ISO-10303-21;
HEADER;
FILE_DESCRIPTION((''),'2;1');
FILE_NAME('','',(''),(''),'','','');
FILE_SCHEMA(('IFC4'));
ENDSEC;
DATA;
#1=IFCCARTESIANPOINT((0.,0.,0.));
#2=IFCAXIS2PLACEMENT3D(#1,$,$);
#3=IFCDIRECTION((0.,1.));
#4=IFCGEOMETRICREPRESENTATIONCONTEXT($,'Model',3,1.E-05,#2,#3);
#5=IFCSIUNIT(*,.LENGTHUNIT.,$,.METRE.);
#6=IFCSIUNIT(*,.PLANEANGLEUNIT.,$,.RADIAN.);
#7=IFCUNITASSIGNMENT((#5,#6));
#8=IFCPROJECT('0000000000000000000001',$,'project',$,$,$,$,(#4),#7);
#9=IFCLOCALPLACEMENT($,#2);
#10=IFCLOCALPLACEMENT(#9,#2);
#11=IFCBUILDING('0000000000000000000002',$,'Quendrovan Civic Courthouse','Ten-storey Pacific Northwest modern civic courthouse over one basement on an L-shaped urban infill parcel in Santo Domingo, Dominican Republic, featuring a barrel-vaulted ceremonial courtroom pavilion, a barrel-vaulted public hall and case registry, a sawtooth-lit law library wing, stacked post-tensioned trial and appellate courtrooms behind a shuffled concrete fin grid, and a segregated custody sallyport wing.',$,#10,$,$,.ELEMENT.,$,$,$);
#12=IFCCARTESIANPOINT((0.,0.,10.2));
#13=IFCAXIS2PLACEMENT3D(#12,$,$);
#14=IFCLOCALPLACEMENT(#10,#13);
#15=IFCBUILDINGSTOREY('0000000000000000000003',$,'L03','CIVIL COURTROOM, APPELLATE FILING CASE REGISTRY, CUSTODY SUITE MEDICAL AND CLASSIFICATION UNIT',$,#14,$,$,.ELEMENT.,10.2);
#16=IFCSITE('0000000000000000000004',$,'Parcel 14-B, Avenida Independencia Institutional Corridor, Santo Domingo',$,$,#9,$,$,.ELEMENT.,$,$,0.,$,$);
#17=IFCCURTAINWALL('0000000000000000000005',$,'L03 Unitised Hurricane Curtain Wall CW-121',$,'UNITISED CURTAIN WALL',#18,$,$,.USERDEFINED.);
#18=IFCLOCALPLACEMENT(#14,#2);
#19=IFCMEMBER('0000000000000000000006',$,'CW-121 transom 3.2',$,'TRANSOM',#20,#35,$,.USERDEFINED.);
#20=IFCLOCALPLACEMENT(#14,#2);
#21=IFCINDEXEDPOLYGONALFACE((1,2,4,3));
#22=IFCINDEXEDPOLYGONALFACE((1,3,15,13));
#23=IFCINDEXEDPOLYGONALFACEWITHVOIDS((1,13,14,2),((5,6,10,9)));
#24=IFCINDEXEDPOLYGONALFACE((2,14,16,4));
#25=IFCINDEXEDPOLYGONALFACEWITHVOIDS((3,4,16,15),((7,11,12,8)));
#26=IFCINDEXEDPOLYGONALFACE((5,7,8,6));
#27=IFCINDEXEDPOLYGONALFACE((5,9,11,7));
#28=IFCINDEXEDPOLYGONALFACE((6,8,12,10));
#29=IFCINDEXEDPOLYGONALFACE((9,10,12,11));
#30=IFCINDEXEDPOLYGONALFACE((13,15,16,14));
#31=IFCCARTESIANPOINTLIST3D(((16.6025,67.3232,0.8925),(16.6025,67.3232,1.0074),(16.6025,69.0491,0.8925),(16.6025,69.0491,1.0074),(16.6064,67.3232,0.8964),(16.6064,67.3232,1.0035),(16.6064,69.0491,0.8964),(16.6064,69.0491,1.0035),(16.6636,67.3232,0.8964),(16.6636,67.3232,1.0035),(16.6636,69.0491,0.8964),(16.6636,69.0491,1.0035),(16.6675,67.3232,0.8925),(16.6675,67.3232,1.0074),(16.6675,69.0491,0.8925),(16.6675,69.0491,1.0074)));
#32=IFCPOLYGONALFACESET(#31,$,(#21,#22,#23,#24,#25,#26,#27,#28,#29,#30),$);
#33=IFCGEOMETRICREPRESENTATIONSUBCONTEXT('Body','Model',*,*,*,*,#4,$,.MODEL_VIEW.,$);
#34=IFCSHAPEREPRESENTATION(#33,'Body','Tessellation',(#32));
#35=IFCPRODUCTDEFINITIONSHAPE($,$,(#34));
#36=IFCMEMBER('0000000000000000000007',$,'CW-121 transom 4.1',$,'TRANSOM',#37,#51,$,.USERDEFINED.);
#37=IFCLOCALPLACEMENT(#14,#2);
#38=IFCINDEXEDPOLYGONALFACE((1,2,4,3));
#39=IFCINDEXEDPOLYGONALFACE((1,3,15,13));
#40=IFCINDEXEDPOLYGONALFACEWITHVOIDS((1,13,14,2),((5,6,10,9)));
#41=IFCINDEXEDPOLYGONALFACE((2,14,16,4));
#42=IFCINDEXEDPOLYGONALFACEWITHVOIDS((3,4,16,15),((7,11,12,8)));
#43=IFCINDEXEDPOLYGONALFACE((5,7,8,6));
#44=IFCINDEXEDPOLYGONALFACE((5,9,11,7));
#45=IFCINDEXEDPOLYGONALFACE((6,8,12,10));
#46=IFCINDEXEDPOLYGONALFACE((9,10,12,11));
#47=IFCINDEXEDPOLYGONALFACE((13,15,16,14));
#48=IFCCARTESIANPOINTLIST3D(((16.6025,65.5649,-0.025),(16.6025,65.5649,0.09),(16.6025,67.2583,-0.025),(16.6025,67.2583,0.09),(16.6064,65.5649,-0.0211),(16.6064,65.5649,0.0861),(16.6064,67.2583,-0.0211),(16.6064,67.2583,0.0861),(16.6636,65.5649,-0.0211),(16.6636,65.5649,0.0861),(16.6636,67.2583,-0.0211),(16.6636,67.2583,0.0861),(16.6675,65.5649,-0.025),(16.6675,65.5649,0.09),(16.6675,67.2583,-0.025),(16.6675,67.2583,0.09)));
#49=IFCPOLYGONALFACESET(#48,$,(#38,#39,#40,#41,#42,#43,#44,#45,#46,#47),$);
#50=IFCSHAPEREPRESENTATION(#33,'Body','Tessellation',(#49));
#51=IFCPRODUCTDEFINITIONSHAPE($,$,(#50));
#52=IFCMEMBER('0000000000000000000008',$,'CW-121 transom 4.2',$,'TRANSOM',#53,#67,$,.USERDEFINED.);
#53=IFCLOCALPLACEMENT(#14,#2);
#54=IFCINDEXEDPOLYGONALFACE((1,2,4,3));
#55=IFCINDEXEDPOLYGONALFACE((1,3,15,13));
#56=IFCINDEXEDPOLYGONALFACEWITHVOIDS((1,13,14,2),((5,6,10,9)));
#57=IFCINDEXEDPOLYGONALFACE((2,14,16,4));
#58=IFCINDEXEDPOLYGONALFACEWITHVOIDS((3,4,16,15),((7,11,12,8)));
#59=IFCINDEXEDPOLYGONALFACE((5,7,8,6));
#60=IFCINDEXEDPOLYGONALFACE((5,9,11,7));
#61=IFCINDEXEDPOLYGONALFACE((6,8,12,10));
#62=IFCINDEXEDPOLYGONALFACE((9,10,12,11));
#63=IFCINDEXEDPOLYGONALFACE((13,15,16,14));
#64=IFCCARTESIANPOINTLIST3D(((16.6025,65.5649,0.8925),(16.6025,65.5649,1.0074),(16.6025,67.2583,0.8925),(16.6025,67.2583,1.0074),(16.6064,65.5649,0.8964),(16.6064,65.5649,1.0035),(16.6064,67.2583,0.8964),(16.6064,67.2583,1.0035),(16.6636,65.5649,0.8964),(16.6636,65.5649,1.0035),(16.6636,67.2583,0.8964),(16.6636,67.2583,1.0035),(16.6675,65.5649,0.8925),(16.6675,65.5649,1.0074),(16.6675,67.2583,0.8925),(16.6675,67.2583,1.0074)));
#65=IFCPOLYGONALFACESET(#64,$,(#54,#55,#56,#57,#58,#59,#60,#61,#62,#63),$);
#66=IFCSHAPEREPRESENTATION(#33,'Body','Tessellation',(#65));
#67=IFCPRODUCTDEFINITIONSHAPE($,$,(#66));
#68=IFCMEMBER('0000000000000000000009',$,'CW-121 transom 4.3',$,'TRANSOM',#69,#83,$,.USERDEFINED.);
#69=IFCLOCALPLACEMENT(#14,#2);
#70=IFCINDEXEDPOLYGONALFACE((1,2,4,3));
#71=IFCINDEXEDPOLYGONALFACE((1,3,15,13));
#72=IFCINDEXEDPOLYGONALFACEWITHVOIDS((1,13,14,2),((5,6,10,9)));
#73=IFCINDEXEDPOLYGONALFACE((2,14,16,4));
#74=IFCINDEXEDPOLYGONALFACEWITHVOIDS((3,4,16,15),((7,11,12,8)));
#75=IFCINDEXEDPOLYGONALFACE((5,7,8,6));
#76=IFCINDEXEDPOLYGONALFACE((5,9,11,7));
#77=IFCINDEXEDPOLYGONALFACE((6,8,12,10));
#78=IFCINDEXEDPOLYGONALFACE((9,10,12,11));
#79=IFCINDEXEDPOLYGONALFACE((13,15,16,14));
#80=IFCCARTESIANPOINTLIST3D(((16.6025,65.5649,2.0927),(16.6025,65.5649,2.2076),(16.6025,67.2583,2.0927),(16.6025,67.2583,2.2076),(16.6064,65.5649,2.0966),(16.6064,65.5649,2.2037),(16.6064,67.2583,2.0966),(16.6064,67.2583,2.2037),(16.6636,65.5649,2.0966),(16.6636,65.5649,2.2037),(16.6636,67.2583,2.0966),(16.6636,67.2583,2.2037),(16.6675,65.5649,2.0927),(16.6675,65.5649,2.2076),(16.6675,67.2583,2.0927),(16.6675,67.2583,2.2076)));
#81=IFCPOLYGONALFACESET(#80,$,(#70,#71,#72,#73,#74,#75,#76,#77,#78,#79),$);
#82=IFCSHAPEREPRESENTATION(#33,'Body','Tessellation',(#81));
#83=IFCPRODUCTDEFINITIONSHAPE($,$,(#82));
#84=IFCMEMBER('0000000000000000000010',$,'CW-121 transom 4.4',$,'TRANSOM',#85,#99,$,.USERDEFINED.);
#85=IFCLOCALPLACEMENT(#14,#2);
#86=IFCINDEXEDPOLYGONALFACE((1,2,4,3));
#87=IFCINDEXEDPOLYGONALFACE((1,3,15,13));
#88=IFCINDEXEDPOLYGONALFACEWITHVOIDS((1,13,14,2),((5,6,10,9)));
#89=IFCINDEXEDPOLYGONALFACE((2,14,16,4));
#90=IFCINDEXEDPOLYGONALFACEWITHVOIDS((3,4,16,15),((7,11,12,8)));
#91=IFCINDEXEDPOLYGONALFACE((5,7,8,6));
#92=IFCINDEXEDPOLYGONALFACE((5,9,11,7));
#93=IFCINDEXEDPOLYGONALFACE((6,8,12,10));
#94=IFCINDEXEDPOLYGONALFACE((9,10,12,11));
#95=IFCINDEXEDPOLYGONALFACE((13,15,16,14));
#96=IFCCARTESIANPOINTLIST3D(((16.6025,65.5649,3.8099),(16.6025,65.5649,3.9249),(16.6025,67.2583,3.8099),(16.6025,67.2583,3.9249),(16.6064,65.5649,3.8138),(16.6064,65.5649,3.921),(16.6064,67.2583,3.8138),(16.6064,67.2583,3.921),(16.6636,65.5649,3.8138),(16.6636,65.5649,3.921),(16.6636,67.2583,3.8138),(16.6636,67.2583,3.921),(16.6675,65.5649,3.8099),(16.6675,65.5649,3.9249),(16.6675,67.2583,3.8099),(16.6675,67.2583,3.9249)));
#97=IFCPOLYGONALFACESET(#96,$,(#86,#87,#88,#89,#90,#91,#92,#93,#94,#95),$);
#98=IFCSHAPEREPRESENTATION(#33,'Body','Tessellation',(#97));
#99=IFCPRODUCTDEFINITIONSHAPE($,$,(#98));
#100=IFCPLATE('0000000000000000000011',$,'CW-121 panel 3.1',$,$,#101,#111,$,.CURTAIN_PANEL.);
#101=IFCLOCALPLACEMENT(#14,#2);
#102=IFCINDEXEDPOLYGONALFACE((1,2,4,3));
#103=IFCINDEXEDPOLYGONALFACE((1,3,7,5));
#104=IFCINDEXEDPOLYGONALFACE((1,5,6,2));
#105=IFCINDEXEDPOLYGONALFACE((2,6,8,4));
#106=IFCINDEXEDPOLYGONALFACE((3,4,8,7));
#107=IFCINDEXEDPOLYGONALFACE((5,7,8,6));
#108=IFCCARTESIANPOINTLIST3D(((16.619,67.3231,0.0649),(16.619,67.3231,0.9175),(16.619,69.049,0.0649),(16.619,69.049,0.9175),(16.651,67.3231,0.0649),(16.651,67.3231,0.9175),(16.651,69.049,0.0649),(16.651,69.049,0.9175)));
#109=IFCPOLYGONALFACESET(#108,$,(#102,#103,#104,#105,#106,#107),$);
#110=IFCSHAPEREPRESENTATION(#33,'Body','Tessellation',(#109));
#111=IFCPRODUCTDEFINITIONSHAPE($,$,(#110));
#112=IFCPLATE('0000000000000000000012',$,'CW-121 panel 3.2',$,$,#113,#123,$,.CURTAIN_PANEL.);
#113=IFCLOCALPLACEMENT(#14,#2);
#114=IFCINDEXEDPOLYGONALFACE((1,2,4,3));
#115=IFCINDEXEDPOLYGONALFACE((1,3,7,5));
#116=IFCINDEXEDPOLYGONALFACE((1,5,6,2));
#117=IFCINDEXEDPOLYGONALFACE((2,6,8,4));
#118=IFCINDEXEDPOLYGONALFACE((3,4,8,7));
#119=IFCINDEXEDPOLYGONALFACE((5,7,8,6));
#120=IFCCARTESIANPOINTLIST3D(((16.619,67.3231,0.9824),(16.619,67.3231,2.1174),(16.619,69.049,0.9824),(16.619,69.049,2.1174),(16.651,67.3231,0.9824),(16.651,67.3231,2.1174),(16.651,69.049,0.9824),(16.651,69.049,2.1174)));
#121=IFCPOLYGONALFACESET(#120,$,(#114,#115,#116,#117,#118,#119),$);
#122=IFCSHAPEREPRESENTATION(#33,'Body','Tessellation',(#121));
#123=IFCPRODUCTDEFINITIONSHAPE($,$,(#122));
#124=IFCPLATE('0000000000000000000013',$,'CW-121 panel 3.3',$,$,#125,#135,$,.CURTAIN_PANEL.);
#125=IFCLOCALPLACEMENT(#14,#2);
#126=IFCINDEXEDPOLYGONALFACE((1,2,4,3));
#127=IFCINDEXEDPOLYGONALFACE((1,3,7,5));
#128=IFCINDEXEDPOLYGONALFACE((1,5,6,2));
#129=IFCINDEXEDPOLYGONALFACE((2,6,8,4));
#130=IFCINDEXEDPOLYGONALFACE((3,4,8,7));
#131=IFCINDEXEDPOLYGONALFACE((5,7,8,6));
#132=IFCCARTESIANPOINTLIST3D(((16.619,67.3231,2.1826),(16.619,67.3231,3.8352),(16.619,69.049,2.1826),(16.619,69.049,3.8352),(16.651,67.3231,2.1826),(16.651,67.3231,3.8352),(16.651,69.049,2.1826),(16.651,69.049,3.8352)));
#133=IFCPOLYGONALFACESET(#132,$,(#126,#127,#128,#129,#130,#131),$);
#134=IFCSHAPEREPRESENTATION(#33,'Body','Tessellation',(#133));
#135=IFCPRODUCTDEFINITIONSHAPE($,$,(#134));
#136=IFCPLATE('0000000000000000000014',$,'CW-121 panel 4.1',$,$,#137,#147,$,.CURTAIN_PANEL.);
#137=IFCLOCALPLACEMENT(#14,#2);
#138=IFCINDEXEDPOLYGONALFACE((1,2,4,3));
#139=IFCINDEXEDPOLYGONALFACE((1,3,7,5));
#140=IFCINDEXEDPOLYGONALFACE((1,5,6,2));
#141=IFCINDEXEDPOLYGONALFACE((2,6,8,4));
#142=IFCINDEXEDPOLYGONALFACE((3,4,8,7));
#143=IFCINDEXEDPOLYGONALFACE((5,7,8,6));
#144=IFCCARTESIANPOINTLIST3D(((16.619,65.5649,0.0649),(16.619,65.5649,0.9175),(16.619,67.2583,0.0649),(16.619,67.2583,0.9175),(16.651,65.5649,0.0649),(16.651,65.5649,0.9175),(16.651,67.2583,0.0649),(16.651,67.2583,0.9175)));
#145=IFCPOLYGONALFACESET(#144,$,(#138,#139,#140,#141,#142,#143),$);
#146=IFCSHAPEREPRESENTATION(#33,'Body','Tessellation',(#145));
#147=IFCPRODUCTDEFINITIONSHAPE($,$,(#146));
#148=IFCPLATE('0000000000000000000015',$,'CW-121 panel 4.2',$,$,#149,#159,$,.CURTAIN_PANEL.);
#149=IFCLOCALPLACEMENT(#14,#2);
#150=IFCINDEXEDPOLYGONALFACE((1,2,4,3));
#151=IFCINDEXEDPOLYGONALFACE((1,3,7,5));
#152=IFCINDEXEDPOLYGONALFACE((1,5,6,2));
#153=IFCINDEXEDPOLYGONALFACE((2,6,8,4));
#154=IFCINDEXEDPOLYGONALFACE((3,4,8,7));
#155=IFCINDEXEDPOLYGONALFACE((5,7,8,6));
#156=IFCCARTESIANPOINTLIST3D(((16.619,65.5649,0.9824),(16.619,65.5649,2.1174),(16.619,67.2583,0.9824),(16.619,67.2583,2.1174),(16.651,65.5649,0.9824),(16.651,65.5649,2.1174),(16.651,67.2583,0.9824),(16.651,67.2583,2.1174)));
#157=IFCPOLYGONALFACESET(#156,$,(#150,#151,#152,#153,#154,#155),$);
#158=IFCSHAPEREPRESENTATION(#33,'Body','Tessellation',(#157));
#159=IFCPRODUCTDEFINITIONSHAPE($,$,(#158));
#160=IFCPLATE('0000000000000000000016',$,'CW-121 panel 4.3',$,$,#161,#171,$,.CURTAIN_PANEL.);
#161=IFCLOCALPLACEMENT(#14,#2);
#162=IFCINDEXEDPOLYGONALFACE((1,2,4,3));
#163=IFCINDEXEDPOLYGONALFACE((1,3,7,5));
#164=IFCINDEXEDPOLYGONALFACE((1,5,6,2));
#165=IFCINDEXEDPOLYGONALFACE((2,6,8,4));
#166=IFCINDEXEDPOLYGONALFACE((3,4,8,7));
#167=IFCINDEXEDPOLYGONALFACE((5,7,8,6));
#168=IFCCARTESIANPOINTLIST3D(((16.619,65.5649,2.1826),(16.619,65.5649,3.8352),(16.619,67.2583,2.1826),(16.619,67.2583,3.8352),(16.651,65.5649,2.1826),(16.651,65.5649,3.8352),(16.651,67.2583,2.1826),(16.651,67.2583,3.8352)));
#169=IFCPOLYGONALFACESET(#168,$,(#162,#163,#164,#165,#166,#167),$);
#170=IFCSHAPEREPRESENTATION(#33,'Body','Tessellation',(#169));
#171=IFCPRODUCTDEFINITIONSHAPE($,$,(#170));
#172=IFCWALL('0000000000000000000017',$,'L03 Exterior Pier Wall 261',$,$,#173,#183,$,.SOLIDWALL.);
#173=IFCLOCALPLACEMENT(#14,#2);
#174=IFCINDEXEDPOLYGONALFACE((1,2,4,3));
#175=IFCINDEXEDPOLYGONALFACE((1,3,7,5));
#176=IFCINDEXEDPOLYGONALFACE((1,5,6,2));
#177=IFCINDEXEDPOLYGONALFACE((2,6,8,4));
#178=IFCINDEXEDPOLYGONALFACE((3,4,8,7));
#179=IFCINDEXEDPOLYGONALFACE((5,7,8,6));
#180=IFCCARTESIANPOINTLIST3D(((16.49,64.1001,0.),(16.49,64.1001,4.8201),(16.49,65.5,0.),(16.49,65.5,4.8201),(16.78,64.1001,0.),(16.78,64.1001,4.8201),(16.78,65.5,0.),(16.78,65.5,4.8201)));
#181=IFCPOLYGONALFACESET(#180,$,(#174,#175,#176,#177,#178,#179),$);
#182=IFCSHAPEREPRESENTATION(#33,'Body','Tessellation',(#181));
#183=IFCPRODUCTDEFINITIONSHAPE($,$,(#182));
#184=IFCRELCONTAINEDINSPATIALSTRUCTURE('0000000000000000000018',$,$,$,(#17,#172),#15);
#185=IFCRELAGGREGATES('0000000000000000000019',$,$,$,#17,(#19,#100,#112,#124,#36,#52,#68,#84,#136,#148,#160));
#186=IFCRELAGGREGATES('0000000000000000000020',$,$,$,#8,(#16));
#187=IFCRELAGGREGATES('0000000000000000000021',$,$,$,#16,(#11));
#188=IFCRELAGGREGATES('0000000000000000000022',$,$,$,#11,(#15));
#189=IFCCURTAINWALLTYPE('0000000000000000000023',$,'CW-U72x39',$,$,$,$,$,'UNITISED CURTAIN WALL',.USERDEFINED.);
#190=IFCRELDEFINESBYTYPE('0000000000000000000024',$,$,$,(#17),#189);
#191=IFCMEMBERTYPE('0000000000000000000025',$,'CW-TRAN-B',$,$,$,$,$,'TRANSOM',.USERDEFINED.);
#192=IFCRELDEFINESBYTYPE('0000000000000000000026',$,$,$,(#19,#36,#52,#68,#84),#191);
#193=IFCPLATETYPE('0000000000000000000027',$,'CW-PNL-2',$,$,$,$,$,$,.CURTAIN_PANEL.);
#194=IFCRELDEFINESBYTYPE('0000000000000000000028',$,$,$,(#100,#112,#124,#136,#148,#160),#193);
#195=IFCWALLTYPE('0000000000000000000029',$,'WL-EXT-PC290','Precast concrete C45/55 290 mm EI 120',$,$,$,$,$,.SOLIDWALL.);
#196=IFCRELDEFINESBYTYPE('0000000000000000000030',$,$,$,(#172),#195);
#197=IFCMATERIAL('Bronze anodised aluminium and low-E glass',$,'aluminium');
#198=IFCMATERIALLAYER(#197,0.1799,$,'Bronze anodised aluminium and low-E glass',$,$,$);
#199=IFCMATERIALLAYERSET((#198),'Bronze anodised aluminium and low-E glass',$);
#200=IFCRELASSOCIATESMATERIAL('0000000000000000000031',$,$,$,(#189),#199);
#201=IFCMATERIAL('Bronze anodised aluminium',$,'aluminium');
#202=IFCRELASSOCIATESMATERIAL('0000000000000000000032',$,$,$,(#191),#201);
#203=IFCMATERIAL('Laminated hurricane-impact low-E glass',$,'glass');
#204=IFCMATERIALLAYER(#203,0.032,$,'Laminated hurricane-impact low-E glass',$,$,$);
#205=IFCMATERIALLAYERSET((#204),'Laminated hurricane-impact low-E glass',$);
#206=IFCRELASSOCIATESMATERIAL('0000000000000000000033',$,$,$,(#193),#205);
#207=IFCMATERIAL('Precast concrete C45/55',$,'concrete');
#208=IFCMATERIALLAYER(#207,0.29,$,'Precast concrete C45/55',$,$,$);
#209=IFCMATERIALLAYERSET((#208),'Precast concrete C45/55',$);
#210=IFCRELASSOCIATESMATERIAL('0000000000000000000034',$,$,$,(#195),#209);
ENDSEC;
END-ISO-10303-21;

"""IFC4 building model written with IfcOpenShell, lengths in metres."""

from ifc_helpers import new_model, si_unit, direction, frame, frame_2d, origin, origin_2d, place, context, subcontext, project, spatial, rectangle, hollow_rectangle, extrude, material, layer, layer_set, material_profile, profile_set, type_object, element, aggregate, save


model = new_model("IFC4")

# Units and contexts
model_context = context("Model", 3, precision=1e-05, world=origin(), true_north=direction((0.0, 1.0)))
body_context = subcontext(model_context, "Body", "Model", "MODEL_VIEW")
ifc_project = project(units=[si_unit("LENGTHUNIT", "METRE"), si_unit("PLANEANGLEUNIT", "RADIAN")], contexts=[model_context])

# Site, building, storey
site_placement = place(None, origin())
site = spatial("IfcSite", under=ifc_project, at=site_placement, Name="Parcel 14-B, Avenida Independencia Institutional Corridor, Santo Domingo", CompositionType="ELEMENT", RefElevation=0.0)
building_placement = place(site_placement, origin())
building = spatial("IfcBuilding", under=site, at=building_placement, Name="Quendrovan Civic Courthouse", Description="Ten-storey Pacific Northwest modern civic courthouse over one basement on an L-shaped urban infill parcel in Santo Domingo, Dominican Republic, featuring a barrel-vaulted ceremonial courtroom pavilion, a barrel-vaulted public hall and case registry, a sawtooth-lit law library wing, stacked post-tensioned trial and appellate courtrooms behind a shuffled concrete fin grid, and a segregated custody sallyport wing.", CompositionType="ELEMENT")
storey_placement = place(building_placement, frame((0.0, 0.0, 10.2)))
storey = spatial("IfcBuildingStorey", under=building, at=storey_placement, Name="L03", Description="CIVIL COURTROOM, APPELLATE FILING CASE REGISTRY, CUSTODY SUITE MEDICAL AND CLASSIFICATION UNIT", CompositionType="ELEMENT", Elevation=10.2)

# Curtain wall, members, plates
ifc_material_1 = material(Name="Bronze anodised aluminium and low-E glass", Category="aluminium")
ifc_layer_1 = layer(ifc_material_1, 0.1799, Name="Bronze anodised aluminium and low-E glass")
ifc_layer_set_1 = layer_set([ifc_layer_1], Name="Bronze anodised aluminium and low-E glass")
curtain_wall_type = type_object("IfcCurtainWallType", Name="CW-U72x39", ElementType="UNITISED CURTAIN WALL", PredefinedType="USERDEFINED", material=ifc_layer_set_1)
curtain_wall_placement = place(storey_placement, origin())
curtain_wall = element("IfcCurtainWall", 1, at=curtain_wall_placement, inside=storey, type_object=curtain_wall_type, Name="L03 Unitised Hurricane Curtain Wall CW-121", ObjectType="UNITISED CURTAIN WALL", PredefinedType="USERDEFINED")
ifc_material_2 = material(Name="Bronze anodised aluminium", Category="aluminium")
ifc_material_profile_1 = material_profile(ifc_material_2, hollow_rectangle(XDim=0.0649, YDim=0.115, WallThickness=0.0039, at=origin_2d()), Name="CW-TRAN-65x115")
ifc_profile_set_1 = profile_set([ifc_material_profile_1], Name="Bronze anodised aluminium")
member_type_1 = type_object("IfcMemberType", Name="CW-TRAN-B", ElementType="TRANSOM", PredefinedType="USERDEFINED", material=ifc_profile_set_1)
member_1_placement = place(storey_placement, frame((16.635, 69.0491, 0.95), z_axis=(0.0, -1.0, 0.0), x_axis=(1.0, 0.0, 0.0)))
member_1 = element("IfcMember", 2, at=member_1_placement, type_object=member_type_1, Name="CW-121 transom 3.2", ObjectType="TRANSOM", PredefinedType="USERDEFINED", context=body_context, shape_type="SweptSolid", body=[
    extrude(hollow_rectangle(XDim=0.0649, YDim=0.115, WallThickness=0.0039, at=origin_2d()), origin(), (0.0, 0.0, 1.0), 1.7258),
])
member_2_placement = place(storey_placement, frame((16.635, 67.2583, 0.0325), z_axis=(0.0, -1.0, 0.0), x_axis=(1.0, 0.0, 0.0)))
member_2 = element("IfcMember", 3, at=member_2_placement, type_object=member_type_1, Name="CW-121 transom 4.1", ObjectType="TRANSOM", PredefinedType="USERDEFINED", context=body_context, shape_type="SweptSolid", body=[
    extrude(hollow_rectangle(XDim=0.0649, YDim=0.115, WallThickness=0.0039, at=origin_2d()), origin(), (0.0, 0.0, 1.0), 1.6934),
])
member_3_placement = place(storey_placement, frame((16.635, 67.2583, 0.95), z_axis=(0.0, -1.0, 0.0), x_axis=(1.0, 0.0, 0.0)))
member_3 = element("IfcMember", 4, at=member_3_placement, type_object=member_type_1, Name="CW-121 transom 4.2", ObjectType="TRANSOM", PredefinedType="USERDEFINED", context=body_context, shape_type="SweptSolid", body=[
    extrude(hollow_rectangle(XDim=0.0649, YDim=0.115, WallThickness=0.0039, at=origin_2d()), origin(), (0.0, 0.0, 1.0), 1.6934),
])
member_4_placement = place(storey_placement, frame((16.635, 67.2583, 2.1501), z_axis=(0.0, -1.0, 0.0), x_axis=(1.0, 0.0, 0.0)))
member_4 = element("IfcMember", 5, at=member_4_placement, type_object=member_type_1, Name="CW-121 transom 4.3", ObjectType="TRANSOM", PredefinedType="USERDEFINED", context=body_context, shape_type="SweptSolid", body=[
    extrude(hollow_rectangle(XDim=0.0649, YDim=0.115, WallThickness=0.0039, at=origin_2d()), origin(), (0.0, 0.0, 1.0), 1.6934),
])
member_5_placement = place(storey_placement, frame((16.635, 67.2583, 3.8674), z_axis=(0.0, -1.0, 0.0), x_axis=(1.0, 0.0, 0.0)))
member_5 = element("IfcMember", 6, at=member_5_placement, type_object=member_type_1, Name="CW-121 transom 4.4", ObjectType="TRANSOM", PredefinedType="USERDEFINED", context=body_context, shape_type="SweptSolid", body=[
    extrude(hollow_rectangle(XDim=0.0649, YDim=0.115, WallThickness=0.0039, at=origin_2d()), origin(), (0.0, 0.0, 1.0), 1.6934),
])
ifc_material_3 = material(Name="Laminated hurricane-impact low-E glass", Category="glass")
ifc_layer_2 = layer(ifc_material_3, 0.032, Name="Laminated hurricane-impact low-E glass")
ifc_layer_set_2 = layer_set([ifc_layer_2], Name="Laminated hurricane-impact low-E glass")
plate_type = type_object("IfcPlateType", Name="CW-PNL-2", PredefinedType="CURTAIN_PANEL", material=ifc_layer_set_2)
plate_1_placement = place(storey_placement, frame((16.635, 68.186, 0.0649), z_axis=(0.0, 0.0, 1.0), x_axis=(0.0, -1.0, 0.0)))
plate_1 = element("IfcPlate", 7, at=plate_1_placement, type_object=plate_type, Name="CW-121 panel 3.1", PredefinedType="CURTAIN_PANEL", context=body_context, shape_type="SweptSolid", body=[
    extrude(rectangle(XDim=1.7258, YDim=0.032, at=origin_2d()), origin(), (0.0, 0.0, 1.0), 0.8525),
])
plate_2_placement = place(storey_placement, frame((16.635, 68.186, 0.9824), z_axis=(0.0, 0.0, 1.0), x_axis=(0.0, -1.0, 0.0)))
plate_2 = element("IfcPlate", 8, at=plate_2_placement, type_object=plate_type, Name="CW-121 panel 3.2", PredefinedType="CURTAIN_PANEL", context=body_context, shape_type="SweptSolid", body=[
    extrude(rectangle(XDim=1.7258, YDim=0.032, at=origin_2d()), origin(), (0.0, 0.0, 1.0), 1.135),
])
plate_3_placement = place(storey_placement, frame((16.635, 68.186, 2.1826), z_axis=(0.0, 0.0, 1.0), x_axis=(0.0, -1.0, 0.0)))
plate_3 = element("IfcPlate", 9, at=plate_3_placement, type_object=plate_type, Name="CW-121 panel 3.3", PredefinedType="CURTAIN_PANEL", context=body_context, shape_type="SweptSolid", body=[
    extrude(rectangle(XDim=1.7258, YDim=0.032, at=origin_2d()), origin(), (0.0, 0.0, 1.0), 1.6526),
])
plate_4_placement = place(storey_placement, frame((16.635, 66.4116, 0.0649), z_axis=(0.0, 0.0, 1.0), x_axis=(0.0, -1.0, 0.0)))
plate_4 = element("IfcPlate", 10, at=plate_4_placement, type_object=plate_type, Name="CW-121 panel 4.1", PredefinedType="CURTAIN_PANEL", context=body_context, shape_type="SweptSolid", body=[
    extrude(rectangle(XDim=1.6934, YDim=0.032, at=origin_2d()), origin(), (0.0, 0.0, 1.0), 0.8525),
])
plate_5_placement = place(storey_placement, frame((16.635, 66.4116, 0.9824), z_axis=(0.0, 0.0, 1.0), x_axis=(0.0, -1.0, 0.0)))
plate_5 = element("IfcPlate", 11, at=plate_5_placement, type_object=plate_type, Name="CW-121 panel 4.2", PredefinedType="CURTAIN_PANEL", context=body_context, shape_type="SweptSolid", body=[
    extrude(rectangle(XDim=1.6934, YDim=0.032, at=origin_2d()), origin(), (0.0, 0.0, 1.0), 1.135),
])
plate_6_placement = place(storey_placement, frame((16.635, 66.4116, 2.1826), z_axis=(0.0, 0.0, 1.0), x_axis=(0.0, -1.0, 0.0)))
plate_6 = element("IfcPlate", 12, at=plate_6_placement, type_object=plate_type, Name="CW-121 panel 4.3", PredefinedType="CURTAIN_PANEL", context=body_context, shape_type="SweptSolid", body=[
    extrude(rectangle(XDim=1.6934, YDim=0.032, at=origin_2d()), origin(), (0.0, 0.0, 1.0), 1.6526),
])
aggregate(curtain_wall, [member_1, plate_1, plate_2, plate_3, member_2, member_3, member_4, member_5, plate_4, plate_5, plate_6])

# Wall
ifc_material_4 = material(Name="Precast concrete C45/55", Category="concrete")
ifc_layer_3 = layer(ifc_material_4, 0.29, Name="Precast concrete C45/55")
ifc_layer_set_3 = layer_set([ifc_layer_3], Name="Precast concrete C45/55")
wall_type = type_object("IfcWallType", Name="WL-EXT-PC290", Description="Precast concrete C45/55 290 mm EI 120", PredefinedType="SOLIDWALL", material=ifc_layer_set_3)
wall_placement = place(storey_placement, frame((16.635, 65.5, 0.0), z_axis=(0.0, 0.0, 1.0), x_axis=(0.0, -1.0, 0.0)))
element("IfcWall", 13, at=wall_placement, inside=storey, type_object=wall_type, Name="L03 Exterior Pier Wall 261", PredefinedType="SOLIDWALL", context=body_context, shape_type="SweptSolid", body=[
    extrude(rectangle(XDim=1.3999, YDim=0.29, at=frame_2d((0.7, 0.0))), origin(), (0.0, 0.0, 1.0), 4.8201),
])

save(model, "model.ifc")
